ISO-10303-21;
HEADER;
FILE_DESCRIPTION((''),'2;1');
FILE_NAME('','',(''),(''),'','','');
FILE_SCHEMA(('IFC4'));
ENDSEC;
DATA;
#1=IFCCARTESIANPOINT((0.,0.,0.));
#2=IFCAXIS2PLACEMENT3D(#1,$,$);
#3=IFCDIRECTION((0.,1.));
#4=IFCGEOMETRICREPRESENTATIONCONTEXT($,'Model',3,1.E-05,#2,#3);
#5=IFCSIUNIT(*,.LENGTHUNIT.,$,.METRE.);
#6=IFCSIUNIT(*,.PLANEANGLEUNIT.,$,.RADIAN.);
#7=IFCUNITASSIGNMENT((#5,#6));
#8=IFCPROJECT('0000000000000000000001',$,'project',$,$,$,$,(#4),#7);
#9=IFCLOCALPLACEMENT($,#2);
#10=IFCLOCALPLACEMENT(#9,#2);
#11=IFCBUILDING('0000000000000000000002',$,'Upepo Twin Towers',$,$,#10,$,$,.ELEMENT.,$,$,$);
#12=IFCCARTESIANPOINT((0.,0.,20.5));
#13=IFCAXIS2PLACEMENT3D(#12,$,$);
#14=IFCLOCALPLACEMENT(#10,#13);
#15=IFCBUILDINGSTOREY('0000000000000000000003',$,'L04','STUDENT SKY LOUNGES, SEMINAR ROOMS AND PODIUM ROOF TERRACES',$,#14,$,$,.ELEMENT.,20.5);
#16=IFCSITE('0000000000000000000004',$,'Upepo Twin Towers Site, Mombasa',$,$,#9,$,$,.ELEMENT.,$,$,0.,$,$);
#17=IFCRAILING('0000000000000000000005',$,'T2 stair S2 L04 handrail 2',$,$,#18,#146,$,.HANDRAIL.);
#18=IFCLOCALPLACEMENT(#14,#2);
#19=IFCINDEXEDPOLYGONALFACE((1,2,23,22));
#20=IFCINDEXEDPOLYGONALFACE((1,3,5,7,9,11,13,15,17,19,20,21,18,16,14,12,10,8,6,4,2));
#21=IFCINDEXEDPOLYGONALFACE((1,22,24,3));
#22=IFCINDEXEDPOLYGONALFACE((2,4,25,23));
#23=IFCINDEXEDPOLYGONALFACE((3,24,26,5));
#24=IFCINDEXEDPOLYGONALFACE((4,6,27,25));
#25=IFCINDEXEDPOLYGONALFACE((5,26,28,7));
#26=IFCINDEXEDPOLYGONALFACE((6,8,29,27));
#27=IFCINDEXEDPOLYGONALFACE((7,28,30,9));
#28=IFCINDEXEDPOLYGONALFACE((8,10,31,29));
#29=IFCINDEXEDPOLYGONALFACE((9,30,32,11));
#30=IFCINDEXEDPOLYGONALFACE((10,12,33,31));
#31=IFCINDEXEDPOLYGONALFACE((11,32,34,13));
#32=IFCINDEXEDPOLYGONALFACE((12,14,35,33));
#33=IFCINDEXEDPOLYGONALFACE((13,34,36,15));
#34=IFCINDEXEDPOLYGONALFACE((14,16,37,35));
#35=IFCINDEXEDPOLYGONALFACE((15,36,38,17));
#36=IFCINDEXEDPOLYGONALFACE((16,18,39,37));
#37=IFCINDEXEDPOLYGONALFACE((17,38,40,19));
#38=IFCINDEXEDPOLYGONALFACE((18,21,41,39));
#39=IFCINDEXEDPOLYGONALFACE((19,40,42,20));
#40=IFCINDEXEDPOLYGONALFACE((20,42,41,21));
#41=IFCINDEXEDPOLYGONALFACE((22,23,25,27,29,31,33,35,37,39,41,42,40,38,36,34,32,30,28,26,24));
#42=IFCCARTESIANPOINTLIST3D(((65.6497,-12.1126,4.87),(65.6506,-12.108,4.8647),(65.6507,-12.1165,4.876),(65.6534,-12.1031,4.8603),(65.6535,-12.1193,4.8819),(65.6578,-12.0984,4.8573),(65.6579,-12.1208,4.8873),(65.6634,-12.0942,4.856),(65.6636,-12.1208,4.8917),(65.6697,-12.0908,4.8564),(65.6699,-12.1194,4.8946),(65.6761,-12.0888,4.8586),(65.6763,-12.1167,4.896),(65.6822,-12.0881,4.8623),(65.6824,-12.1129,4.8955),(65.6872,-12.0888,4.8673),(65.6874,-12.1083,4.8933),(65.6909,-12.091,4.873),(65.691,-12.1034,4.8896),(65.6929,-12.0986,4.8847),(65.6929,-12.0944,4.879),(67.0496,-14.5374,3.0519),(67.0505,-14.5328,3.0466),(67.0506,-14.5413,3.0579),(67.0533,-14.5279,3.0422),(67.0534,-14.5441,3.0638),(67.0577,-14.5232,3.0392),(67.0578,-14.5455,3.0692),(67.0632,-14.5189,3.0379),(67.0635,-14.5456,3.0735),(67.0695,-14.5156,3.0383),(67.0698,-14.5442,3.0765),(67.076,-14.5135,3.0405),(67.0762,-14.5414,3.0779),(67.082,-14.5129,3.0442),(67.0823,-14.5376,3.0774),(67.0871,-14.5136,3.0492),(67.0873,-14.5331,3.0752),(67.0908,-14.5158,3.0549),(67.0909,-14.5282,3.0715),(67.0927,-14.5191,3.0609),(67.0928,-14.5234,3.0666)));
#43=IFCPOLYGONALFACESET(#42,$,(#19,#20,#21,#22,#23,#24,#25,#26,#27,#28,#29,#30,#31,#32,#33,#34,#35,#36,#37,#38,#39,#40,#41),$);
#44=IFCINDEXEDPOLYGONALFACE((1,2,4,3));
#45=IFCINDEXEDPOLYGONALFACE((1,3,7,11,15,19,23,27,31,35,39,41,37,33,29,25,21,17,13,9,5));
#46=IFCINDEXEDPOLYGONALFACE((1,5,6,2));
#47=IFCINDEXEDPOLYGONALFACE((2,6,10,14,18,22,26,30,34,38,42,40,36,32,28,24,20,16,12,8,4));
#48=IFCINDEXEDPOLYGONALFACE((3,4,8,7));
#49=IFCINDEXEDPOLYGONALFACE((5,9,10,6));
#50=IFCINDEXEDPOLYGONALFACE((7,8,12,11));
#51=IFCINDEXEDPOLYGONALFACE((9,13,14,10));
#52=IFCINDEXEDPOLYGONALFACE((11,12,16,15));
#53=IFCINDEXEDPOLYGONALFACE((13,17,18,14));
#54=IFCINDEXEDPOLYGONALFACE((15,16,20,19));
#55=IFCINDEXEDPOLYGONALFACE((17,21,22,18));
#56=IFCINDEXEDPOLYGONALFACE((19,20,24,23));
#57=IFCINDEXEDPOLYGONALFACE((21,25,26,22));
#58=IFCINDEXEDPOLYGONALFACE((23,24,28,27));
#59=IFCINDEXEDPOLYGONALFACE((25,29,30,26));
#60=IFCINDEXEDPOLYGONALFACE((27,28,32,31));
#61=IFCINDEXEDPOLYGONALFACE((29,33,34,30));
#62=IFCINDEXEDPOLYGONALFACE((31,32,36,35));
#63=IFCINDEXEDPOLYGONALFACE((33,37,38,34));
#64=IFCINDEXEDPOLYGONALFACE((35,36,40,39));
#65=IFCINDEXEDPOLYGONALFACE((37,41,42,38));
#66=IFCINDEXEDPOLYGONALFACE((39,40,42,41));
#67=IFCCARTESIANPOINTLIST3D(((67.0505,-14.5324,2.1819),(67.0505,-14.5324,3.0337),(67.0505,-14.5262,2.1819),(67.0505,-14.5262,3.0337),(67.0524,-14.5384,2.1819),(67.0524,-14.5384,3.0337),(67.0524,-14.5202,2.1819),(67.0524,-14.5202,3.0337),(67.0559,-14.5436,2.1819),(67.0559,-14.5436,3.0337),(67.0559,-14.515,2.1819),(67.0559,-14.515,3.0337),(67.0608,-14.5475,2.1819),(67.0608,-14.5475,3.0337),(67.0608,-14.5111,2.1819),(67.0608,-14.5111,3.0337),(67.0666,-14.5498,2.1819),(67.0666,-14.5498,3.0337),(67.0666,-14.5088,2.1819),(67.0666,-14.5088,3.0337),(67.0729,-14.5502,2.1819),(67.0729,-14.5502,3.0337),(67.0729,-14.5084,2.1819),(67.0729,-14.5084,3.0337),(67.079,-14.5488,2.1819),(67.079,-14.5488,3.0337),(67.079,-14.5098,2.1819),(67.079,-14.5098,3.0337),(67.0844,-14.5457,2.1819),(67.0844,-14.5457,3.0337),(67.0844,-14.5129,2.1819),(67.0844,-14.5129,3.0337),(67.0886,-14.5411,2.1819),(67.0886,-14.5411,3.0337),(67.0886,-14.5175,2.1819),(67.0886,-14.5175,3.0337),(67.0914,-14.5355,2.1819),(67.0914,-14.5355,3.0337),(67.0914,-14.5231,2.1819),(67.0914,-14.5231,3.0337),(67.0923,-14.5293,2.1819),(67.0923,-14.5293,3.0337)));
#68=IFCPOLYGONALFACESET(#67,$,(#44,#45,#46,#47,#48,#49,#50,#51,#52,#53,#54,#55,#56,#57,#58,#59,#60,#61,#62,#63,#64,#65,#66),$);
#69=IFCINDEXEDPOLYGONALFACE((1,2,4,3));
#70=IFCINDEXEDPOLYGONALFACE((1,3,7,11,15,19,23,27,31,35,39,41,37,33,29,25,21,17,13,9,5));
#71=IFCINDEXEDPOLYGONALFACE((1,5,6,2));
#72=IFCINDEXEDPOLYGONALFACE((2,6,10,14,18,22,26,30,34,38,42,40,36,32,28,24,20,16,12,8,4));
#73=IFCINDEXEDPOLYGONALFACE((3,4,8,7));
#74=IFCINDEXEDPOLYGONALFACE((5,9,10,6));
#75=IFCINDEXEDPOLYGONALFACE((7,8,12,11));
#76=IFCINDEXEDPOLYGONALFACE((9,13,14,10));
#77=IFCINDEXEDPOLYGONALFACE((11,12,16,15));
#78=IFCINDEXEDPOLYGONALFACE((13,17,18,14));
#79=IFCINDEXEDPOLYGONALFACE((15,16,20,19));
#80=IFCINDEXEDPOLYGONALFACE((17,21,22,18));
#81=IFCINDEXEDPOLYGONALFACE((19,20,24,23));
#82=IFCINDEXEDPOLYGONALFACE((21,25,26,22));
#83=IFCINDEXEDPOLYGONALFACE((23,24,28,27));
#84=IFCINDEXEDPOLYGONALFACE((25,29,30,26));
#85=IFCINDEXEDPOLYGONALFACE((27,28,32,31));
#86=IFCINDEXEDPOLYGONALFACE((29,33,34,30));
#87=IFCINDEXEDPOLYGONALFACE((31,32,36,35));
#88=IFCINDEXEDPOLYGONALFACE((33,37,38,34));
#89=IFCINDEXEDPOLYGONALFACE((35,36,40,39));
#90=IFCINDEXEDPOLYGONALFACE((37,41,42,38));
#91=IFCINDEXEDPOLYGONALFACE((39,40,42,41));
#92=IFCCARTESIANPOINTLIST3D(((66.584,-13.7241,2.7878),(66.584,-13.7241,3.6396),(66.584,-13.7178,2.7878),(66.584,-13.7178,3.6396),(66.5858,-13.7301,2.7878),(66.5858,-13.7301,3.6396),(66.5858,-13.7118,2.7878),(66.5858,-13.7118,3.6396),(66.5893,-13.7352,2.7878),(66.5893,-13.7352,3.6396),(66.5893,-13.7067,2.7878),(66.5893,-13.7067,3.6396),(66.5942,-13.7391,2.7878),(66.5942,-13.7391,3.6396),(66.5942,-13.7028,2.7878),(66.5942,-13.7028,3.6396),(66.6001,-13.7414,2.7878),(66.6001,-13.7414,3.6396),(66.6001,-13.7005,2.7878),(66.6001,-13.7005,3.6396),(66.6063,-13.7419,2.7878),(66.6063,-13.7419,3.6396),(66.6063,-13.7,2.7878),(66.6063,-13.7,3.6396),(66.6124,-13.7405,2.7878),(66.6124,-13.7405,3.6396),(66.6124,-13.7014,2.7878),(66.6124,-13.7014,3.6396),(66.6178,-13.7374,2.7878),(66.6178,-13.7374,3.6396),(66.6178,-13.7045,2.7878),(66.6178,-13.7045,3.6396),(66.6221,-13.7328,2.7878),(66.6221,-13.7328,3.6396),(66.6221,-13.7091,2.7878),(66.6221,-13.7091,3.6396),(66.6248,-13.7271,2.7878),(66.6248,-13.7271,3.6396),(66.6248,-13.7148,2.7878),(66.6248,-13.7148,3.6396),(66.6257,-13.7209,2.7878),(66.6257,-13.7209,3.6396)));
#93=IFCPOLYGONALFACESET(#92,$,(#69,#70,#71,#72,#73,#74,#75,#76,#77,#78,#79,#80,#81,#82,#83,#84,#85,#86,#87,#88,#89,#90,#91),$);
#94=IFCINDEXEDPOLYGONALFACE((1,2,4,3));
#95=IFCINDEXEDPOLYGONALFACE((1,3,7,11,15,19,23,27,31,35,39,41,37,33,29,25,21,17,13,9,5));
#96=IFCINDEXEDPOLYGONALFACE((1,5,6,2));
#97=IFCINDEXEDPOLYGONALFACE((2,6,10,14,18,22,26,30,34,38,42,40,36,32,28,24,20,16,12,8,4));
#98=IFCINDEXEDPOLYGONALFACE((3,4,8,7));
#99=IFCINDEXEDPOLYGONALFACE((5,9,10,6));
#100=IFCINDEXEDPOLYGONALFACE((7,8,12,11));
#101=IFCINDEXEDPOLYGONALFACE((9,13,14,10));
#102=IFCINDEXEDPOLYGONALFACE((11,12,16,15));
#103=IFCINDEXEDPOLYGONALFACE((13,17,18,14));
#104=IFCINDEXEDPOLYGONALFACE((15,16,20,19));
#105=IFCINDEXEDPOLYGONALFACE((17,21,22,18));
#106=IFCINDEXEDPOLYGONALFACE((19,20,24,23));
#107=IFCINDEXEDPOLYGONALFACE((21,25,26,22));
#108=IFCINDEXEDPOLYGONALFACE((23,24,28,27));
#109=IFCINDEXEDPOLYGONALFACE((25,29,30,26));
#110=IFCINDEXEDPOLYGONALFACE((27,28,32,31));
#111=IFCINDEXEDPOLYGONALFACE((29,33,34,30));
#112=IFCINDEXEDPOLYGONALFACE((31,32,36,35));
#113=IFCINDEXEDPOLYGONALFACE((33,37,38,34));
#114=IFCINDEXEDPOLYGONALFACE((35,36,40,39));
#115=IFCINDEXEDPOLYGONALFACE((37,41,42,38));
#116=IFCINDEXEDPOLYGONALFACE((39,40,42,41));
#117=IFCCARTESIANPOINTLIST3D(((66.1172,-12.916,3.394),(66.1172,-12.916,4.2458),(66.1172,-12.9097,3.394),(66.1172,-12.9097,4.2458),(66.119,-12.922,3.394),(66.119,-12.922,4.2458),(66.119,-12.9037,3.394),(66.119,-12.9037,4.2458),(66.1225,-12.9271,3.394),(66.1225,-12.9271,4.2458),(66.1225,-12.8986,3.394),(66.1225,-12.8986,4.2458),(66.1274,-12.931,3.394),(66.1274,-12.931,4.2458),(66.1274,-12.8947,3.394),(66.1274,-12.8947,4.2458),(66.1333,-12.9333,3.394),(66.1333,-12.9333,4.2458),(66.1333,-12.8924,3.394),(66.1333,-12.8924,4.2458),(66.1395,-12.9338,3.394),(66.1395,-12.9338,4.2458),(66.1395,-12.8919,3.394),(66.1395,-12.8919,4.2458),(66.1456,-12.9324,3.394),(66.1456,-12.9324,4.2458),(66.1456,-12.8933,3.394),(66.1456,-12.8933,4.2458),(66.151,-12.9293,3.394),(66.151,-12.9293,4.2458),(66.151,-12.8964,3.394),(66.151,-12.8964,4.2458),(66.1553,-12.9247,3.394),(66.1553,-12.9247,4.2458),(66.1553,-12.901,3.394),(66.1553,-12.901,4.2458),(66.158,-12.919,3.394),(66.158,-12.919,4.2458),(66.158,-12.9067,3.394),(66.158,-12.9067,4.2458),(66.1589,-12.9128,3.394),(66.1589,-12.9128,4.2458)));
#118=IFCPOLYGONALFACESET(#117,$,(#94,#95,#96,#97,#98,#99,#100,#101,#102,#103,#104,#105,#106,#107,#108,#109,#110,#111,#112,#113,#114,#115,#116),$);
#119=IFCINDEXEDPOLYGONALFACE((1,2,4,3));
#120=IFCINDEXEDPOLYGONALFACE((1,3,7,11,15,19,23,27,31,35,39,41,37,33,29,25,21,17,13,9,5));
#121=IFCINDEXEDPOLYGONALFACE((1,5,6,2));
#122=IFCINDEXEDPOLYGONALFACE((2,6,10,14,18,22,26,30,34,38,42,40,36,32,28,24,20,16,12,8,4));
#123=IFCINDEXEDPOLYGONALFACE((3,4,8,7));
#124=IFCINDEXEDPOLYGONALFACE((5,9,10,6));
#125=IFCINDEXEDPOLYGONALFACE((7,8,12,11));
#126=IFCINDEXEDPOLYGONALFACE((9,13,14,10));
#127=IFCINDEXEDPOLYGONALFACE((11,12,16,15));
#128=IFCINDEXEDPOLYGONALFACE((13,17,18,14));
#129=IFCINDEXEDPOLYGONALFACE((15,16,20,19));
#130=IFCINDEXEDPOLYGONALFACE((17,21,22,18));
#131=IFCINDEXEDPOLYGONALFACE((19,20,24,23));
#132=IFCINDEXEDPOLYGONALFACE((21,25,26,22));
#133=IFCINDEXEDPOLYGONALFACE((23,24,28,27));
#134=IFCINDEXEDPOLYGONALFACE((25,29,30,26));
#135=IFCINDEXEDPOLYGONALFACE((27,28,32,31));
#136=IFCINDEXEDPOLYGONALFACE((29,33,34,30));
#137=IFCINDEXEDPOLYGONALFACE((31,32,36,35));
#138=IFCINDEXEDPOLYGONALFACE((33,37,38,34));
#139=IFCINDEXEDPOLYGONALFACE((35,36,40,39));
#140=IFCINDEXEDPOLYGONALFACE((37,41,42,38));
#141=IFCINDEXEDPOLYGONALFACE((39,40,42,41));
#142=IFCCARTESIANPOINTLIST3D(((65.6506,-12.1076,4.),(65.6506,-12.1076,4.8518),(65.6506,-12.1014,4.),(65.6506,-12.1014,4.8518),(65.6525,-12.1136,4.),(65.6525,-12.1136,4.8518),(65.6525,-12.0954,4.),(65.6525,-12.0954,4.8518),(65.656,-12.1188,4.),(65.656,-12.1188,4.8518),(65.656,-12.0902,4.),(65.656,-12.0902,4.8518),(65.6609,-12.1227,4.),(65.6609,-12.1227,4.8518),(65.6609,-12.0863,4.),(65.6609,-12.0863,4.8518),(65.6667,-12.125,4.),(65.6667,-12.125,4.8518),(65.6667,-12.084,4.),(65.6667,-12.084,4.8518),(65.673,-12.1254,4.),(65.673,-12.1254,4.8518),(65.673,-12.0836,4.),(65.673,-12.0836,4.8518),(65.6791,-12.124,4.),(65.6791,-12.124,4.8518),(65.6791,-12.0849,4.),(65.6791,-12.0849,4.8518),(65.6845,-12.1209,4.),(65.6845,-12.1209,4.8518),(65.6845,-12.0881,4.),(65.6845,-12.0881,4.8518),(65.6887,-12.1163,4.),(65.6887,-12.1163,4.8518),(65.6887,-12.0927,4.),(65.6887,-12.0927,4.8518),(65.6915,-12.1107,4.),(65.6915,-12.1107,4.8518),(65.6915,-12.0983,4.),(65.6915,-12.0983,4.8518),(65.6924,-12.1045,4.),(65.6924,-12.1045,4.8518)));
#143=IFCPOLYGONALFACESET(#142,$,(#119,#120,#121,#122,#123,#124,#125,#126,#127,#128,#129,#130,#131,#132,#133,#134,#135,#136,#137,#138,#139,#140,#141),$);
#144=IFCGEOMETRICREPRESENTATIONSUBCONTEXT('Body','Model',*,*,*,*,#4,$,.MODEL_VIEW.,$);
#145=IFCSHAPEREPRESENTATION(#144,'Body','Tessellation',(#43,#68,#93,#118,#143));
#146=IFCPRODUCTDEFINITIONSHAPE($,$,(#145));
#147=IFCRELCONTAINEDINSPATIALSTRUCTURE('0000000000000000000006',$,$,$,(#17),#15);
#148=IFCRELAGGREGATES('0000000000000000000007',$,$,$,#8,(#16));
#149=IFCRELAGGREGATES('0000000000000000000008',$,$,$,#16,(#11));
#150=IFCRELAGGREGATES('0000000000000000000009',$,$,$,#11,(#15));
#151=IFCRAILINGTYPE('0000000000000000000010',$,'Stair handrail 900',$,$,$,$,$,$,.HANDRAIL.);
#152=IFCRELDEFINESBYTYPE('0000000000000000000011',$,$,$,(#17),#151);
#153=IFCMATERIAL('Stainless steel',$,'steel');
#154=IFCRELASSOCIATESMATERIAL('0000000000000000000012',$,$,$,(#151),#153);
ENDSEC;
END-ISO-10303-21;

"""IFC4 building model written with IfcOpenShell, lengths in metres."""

from ifc_helpers import new_model, si_unit, direction, frame, origin, origin_2d, place, context, subcontext, project, spatial, circle, extrude, material, type_object, element, save


model = new_model("IFC4")

# Units and contexts
model_context = context("Model", 3, precision=1e-05, world=origin(), true_north=direction((0.0, 1.0)))
body_context = subcontext(model_context, "Body", "Model", "MODEL_VIEW")
ifc_project = project(units=[si_unit("LENGTHUNIT", "METRE"), si_unit("PLANEANGLEUNIT", "RADIAN")], contexts=[model_context])

# Site, building, storey
site_placement = place(None, origin())
site = spatial("IfcSite", under=ifc_project, at=site_placement, Name="Upepo Twin Towers Site, Mombasa", CompositionType="ELEMENT", RefElevation=0.0)
building_placement = place(site_placement, origin())
building = spatial("IfcBuilding", under=site, at=building_placement, Name="Upepo Twin Towers", CompositionType="ELEMENT")
storey_placement = place(building_placement, frame((0.0, 0.0, 20.5)))
storey = spatial("IfcBuildingStorey", under=building, at=storey_placement, Name="L04", Description="STUDENT SKY LOUNGES, SEMINAR ROOMS AND PODIUM ROOF TERRACES", CompositionType="ELEMENT", Elevation=20.5)

# Railing
ifc_material_1 = material(Name="Stainless steel", Category="steel")
railing_type_1 = type_object("IfcRailingType", Name="Stair handrail 900", PredefinedType="HANDRAIL", material=ifc_material_1)
railing_1_placement = place(storey_placement, frame((67.0713, -14.5293, 2.1819)))
element("IfcRailing", 1, at=railing_1_placement, inside=storey, type_object=railing_type_1, Name="T2 stair S2 L04 handrail 2", PredefinedType="HANDRAIL", context=body_context, shape_type="SweptSolid", body=[
    extrude(circle(Radius=0.0239, at=origin_2d()), frame((0.0, 0.0, 0.876), z_axis=(-0.419333, 0.726336, 0.544606), x_axis=(-0.866035, -0.499984, 0.0)), (0.0, 0.0, 1.0), 3.3384),
    extrude(circle(Radius=0.021, at=origin_2d()), origin(), (0.0, 0.0, 1.0), 0.8518),
    extrude(circle(Radius=0.021, at=origin_2d()), frame((-0.4666, 0.8083, 0.606)), (0.0, 0.0, 1.0), 0.8518),
    extrude(circle(Radius=0.021, at=origin_2d()), frame((-0.9333, 1.6165, 1.2122)), (0.0, 0.0, 1.0), 0.8518),
    extrude(circle(Radius=0.021, at=origin_2d()), frame((-1.3999, 2.4248, 1.8181)), (0.0, 0.0, 1.0), 0.8518),
])

save(model, "model.ifc")
